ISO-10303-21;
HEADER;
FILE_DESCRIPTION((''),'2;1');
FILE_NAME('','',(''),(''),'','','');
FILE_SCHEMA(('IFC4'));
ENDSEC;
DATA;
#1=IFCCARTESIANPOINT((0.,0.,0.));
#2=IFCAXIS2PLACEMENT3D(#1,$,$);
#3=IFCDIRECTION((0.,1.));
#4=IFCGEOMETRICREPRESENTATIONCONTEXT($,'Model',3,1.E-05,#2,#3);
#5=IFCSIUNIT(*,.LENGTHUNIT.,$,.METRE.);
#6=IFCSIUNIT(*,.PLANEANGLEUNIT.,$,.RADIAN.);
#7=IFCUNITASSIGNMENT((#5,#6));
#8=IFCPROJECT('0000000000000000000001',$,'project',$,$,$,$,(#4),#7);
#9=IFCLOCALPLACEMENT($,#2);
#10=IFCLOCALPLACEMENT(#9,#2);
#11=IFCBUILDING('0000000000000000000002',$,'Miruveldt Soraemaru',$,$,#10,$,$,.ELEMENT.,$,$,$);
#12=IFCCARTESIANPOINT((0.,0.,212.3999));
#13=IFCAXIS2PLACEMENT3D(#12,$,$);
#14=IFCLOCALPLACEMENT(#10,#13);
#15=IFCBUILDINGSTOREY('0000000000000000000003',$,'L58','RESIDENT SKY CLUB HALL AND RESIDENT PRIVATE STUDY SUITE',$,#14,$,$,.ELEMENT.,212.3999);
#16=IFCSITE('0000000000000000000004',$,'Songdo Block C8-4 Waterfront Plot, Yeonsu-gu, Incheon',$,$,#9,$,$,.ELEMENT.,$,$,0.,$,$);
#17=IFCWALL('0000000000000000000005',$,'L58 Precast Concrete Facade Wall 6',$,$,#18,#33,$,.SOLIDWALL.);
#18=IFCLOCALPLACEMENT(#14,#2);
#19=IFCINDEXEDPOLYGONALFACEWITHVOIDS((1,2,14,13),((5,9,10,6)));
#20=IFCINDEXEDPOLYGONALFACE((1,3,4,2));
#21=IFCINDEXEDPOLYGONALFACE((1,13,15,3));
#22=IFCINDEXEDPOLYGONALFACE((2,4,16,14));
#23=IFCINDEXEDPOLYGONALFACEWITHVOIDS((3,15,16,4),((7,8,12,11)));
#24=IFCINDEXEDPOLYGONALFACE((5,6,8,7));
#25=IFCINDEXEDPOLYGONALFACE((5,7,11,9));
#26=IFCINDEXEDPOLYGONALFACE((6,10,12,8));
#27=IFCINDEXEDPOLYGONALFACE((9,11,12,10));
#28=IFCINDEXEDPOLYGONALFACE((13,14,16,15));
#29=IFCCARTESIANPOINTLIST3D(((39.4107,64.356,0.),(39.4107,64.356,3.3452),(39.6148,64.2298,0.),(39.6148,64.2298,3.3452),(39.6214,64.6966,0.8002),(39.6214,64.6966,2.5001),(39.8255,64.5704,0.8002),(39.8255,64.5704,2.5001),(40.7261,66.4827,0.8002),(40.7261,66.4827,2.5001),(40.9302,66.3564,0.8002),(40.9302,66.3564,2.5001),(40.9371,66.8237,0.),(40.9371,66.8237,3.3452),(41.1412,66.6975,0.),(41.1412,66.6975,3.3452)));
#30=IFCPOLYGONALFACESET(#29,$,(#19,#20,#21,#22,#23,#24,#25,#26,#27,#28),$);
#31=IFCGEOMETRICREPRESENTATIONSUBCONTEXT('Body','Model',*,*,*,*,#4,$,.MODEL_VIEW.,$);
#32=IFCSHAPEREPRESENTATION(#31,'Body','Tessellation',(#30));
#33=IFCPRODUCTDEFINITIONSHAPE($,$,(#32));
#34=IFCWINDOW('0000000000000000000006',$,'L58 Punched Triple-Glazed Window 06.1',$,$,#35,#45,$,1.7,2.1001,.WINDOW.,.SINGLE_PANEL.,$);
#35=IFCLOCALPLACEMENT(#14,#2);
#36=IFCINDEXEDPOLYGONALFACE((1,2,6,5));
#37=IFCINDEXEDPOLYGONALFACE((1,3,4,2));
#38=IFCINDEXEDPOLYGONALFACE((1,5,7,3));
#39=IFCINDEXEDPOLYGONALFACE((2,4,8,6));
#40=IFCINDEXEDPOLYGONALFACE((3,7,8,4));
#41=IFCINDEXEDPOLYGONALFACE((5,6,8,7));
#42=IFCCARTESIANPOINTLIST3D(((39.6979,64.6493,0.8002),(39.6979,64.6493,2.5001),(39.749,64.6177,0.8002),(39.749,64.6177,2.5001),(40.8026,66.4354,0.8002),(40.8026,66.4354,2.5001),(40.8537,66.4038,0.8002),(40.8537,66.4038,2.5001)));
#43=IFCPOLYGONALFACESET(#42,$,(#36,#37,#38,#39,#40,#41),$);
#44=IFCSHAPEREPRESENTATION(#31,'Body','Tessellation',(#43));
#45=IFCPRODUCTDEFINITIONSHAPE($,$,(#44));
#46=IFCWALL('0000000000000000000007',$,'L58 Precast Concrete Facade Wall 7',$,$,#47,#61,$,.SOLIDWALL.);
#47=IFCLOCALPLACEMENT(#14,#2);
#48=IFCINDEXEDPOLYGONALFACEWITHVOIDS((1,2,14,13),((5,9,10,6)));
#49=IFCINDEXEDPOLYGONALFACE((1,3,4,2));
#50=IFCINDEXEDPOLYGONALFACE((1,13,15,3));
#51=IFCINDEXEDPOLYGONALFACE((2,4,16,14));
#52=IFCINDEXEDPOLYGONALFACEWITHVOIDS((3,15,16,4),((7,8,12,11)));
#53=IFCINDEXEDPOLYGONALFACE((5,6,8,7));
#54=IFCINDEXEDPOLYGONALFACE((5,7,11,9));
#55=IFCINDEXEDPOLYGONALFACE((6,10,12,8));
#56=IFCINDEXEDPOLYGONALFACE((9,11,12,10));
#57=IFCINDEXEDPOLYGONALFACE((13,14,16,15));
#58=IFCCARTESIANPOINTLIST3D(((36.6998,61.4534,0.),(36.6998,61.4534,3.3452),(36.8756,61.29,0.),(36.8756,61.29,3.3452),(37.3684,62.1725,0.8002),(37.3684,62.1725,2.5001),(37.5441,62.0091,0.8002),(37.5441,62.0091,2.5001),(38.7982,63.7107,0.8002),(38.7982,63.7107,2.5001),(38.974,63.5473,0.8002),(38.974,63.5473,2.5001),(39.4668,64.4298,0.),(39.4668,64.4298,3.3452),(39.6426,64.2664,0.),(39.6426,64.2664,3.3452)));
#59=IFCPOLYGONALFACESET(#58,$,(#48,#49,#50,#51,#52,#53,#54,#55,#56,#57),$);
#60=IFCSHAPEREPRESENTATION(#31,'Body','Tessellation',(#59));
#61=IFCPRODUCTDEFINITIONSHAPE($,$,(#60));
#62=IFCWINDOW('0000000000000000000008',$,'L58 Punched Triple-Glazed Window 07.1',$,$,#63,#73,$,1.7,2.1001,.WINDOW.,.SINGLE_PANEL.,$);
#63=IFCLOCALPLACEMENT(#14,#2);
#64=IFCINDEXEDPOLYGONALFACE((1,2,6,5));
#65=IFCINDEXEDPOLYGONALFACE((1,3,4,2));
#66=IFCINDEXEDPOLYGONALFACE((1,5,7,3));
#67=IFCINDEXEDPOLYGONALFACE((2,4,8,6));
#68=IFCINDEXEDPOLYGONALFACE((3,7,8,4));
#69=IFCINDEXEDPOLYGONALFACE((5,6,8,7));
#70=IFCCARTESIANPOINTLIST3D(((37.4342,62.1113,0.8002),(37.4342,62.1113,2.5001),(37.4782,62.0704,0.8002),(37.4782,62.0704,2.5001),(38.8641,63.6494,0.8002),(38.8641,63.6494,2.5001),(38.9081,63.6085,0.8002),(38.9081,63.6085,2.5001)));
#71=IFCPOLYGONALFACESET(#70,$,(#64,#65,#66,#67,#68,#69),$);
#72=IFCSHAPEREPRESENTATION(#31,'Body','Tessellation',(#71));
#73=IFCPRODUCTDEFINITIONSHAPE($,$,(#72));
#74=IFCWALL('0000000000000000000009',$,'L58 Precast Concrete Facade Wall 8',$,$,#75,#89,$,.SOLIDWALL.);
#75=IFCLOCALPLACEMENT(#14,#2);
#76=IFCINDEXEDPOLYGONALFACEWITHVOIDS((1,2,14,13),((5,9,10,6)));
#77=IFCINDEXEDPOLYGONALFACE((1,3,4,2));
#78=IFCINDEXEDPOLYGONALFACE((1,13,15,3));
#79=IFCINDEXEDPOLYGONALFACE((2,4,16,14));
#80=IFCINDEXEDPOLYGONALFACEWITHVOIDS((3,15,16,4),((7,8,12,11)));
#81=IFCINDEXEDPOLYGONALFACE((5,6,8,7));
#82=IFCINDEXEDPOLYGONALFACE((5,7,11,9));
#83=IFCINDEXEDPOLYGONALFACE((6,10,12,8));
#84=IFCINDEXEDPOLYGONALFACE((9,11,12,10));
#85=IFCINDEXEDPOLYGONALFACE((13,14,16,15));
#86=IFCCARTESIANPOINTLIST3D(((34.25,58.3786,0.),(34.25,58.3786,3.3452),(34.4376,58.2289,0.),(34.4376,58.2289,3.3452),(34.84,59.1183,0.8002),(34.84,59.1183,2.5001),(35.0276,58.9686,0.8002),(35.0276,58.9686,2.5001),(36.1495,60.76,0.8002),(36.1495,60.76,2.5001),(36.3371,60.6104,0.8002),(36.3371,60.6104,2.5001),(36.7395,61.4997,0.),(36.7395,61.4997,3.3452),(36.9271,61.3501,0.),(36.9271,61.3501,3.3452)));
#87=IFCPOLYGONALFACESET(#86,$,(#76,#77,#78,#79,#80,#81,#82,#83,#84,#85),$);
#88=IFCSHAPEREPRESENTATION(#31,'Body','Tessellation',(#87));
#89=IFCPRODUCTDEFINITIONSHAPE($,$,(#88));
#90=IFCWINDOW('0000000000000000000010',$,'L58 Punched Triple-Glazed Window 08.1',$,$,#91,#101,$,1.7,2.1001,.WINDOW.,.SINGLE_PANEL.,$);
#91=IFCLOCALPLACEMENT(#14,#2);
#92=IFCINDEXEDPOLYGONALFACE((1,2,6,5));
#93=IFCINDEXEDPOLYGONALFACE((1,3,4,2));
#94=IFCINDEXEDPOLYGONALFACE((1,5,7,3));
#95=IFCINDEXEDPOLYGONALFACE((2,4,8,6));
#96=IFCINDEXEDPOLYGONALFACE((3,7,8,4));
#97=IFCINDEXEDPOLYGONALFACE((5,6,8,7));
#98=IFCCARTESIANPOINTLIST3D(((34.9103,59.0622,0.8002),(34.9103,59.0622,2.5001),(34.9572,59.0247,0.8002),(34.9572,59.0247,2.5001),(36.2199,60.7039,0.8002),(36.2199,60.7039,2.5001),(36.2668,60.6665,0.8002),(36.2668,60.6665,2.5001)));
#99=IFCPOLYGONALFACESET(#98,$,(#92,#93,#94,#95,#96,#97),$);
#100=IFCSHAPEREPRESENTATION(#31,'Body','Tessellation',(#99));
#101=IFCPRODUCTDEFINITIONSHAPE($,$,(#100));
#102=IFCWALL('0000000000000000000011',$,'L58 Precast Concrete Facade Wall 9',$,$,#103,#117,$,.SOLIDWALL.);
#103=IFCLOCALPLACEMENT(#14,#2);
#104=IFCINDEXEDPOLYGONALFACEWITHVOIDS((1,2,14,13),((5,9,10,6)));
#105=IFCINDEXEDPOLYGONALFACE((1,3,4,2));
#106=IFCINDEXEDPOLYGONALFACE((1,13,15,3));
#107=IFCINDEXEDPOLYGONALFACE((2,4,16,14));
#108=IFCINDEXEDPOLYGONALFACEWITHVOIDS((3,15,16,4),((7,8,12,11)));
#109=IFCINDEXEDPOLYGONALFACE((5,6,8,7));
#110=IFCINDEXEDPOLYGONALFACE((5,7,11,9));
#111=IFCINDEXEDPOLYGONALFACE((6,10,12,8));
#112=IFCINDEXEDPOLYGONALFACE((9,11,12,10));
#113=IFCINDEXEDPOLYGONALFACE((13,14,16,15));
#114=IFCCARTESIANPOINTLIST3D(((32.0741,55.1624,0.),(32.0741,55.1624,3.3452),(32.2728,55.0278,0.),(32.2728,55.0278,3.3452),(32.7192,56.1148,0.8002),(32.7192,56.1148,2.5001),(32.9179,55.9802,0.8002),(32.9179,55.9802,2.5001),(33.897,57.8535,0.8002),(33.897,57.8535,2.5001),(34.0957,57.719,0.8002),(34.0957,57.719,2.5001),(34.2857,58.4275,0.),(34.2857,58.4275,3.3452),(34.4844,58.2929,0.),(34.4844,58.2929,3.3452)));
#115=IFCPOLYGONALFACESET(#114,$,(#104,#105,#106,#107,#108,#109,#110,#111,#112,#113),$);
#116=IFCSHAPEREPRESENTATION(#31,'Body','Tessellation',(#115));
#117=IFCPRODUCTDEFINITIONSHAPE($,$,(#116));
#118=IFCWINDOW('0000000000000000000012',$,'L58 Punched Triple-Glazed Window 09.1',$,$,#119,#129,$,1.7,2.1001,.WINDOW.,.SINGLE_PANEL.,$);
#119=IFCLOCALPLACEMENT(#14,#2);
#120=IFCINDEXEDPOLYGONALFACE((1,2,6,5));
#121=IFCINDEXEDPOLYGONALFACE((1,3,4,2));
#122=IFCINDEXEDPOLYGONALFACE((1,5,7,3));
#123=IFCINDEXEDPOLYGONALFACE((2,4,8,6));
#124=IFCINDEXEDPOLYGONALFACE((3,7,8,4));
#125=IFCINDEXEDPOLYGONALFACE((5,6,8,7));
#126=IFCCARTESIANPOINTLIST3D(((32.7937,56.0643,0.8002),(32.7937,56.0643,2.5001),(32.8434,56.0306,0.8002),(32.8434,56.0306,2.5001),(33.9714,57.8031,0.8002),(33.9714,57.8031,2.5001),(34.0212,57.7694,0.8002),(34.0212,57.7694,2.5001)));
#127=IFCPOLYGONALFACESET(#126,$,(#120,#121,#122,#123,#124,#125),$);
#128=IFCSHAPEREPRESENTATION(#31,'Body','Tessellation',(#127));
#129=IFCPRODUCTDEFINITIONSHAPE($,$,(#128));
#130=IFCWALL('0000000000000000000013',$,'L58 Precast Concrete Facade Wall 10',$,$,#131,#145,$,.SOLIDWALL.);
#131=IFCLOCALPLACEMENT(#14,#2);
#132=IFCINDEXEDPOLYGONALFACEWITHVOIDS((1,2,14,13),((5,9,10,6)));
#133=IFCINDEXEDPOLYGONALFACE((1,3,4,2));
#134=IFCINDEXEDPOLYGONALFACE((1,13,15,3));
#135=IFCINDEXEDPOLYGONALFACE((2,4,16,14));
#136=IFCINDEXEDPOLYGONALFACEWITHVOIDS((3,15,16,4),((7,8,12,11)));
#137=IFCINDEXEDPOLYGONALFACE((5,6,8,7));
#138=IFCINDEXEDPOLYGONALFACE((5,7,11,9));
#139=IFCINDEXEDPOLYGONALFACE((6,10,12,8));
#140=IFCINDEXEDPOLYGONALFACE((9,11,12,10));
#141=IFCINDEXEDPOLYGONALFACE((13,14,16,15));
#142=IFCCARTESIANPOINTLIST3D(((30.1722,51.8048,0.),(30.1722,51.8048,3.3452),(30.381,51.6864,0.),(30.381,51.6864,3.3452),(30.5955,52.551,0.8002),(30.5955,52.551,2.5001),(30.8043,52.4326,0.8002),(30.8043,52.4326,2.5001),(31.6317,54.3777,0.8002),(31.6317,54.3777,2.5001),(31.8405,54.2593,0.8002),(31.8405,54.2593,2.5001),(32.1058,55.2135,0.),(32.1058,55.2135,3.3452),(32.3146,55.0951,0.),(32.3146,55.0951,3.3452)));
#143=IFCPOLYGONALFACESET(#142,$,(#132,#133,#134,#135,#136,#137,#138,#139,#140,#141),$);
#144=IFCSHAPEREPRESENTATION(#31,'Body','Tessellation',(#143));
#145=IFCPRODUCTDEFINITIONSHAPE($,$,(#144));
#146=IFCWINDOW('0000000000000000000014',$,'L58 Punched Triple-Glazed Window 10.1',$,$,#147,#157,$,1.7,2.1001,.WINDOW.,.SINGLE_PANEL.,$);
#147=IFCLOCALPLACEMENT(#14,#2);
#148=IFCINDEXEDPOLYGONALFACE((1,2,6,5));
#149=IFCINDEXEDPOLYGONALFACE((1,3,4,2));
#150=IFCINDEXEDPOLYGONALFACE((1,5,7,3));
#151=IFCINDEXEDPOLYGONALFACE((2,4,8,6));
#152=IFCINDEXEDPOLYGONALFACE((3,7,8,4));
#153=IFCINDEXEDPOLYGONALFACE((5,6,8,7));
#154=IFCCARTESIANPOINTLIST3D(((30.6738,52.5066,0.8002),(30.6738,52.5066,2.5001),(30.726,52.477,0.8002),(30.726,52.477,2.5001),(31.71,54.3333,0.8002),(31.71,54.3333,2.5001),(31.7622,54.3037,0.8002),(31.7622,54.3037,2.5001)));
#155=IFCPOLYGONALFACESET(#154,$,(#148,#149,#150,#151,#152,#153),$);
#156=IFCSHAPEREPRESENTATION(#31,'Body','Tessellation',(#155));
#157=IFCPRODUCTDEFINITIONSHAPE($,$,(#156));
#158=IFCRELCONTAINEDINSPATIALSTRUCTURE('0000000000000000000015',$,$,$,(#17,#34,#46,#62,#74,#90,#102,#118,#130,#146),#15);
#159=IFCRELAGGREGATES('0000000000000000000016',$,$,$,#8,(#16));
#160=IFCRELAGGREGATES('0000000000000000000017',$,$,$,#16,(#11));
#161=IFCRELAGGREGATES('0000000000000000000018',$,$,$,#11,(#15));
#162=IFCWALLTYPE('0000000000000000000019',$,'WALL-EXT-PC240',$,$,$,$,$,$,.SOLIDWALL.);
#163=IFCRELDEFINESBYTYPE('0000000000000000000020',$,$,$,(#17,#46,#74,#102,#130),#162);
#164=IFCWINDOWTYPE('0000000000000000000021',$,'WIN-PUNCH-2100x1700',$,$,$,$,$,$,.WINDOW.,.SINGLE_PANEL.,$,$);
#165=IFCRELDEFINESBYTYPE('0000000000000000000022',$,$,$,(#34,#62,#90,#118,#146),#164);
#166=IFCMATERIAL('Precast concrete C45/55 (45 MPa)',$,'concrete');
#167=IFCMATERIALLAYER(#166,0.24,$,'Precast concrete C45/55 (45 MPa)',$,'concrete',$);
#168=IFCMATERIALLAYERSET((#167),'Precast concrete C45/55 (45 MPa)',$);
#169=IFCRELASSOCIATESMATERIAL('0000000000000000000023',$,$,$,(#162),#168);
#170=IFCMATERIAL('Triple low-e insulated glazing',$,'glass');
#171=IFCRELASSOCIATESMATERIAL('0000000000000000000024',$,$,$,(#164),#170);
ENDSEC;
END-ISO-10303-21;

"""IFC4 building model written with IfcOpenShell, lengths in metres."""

from ifc_helpers import new_model, si_unit, direction, frame, frame_2d, origin, place, context, subcontext, project, spatial, rectangle, extrude, material, layer, layer_set, type_object, element, fill, save


model = new_model("IFC4")

# Units and contexts
model_context = context("Model", 3, precision=1e-05, world=origin(), true_north=direction((0.0, 1.0)))
body_context = subcontext(model_context, "Body", "Model", "MODEL_VIEW")
ifc_project = project(units=[si_unit("LENGTHUNIT", "METRE"), si_unit("PLANEANGLEUNIT", "RADIAN")], contexts=[model_context])

# Site, building, storey
site_placement = place(None, origin())
site = spatial("IfcSite", under=ifc_project, at=site_placement, Name="Songdo Block C8-4 Waterfront Plot, Yeonsu-gu, Incheon", CompositionType="ELEMENT", RefElevation=0.0)
building_placement = place(site_placement, origin())
building = spatial("IfcBuilding", under=site, at=building_placement, Name="Miruveldt Soraemaru", CompositionType="ELEMENT")
storey_placement = place(building_placement, frame((0.0, 0.0, 212.3999)))
storey = spatial("IfcBuildingStorey", under=building, at=storey_placement, Name="L58", Description="RESIDENT SKY CLUB HALL AND RESIDENT PRIVATE STUDY SUITE", CompositionType="ELEMENT", Elevation=212.3999)

# Walls, openings, windows
ifc_material_1 = material(Name="Precast concrete C45/55 (45 MPa)", Category="concrete")
ifc_layer_1 = layer(ifc_material_1, 0.24, Name="Precast concrete C45/55 (45 MPa)", Category="concrete")
ifc_layer_set_1 = layer_set([ifc_layer_1], Name="Precast concrete C45/55 (45 MPa)")
wall_type_1 = type_object("IfcWallType", Name="WALL-EXT-PC240", PredefinedType="SOLIDWALL", material=ifc_layer_set_1)
wall_1_placement = place(storey_placement, frame((41.0391, 66.7605, 0.0), z_axis=(0.0, 0.0, 1.0), x_axis=(-0.52603, -0.850466, 0.0)))
wall_1 = element("IfcWall", 1, at=wall_1_placement, inside=storey, type_object=wall_type_1, Name="L58 Precast Concrete Facade Wall 6", PredefinedType="SOLIDWALL", context=body_context, shape_type="SweptSolid", body=[
    extrude(rectangle(XDim=2.9016, YDim=0.24, at=frame_2d((1.4507, 0.0))), origin(), (0.0, 0.0, 1.0), 3.3452),
])
opening_1_placement = place(wall_1_placement, frame((0.4009, 0.0, 0.8)))
opening_1 = element("IfcOpeningElement", 2, at=opening_1_placement, cuts=wall_1, PredefinedType="OPENING", context=body_context, shape_type="SweptSolid", body=[
    extrude(rectangle(XDim=2.1001, YDim=1.7, at=frame_2d((1.05, 0.8501))), frame((0.0, 0.1299, 0.0), z_axis=(0.0, -1.0, 0.0), x_axis=(1.0, 0.0, 0.0)), (0.0, 0.0, 1.0), 0.26),
])
ifc_material_2 = material(Name="Triple low-e insulated glazing", Category="glass")
window_type = type_object("IfcWindowType", Name="WIN-PUNCH-2100x1700", PartitioningType="SINGLE_PANEL", PredefinedType="WINDOW", material=ifc_material_2)
window_1_placement = place(opening_1_placement, origin())
window_1 = element("IfcWindow", 3, at=window_1_placement, inside=storey, type_object=window_type, Name="L58 Punched Triple-Glazed Window 06.1", OverallHeight=1.7, OverallWidth=2.1001, PartitioningType="SINGLE_PANEL", PredefinedType="WINDOW", context=body_context, shape_type="SweptSolid", body=[
    extrude(rectangle(XDim=2.1001, YDim=1.7, at=frame_2d((1.05, 0.8501))), frame((0.0, 0.03, 0.0), z_axis=(0.0, -1.0, 0.0), x_axis=(1.0, 0.0, 0.0)), (0.0, 0.0, 1.0), 0.0601),
])
fill(opening_1, window_1)
wall_2_placement = place(storey_placement, frame((39.5547, 64.3481, 0.0), z_axis=(0.0, 0.0, 1.0), x_axis=(-0.680866, -0.732408, 0.0)))
wall_2 = element("IfcWall", 4, at=wall_2_placement, inside=storey, type_object=wall_type_1, Name="L58 Precast Concrete Facade Wall 7", PredefinedType="SOLIDWALL", context=body_context, shape_type="SweptSolid", body=[
    extrude(rectangle(XDim=4.064, YDim=0.24, at=frame_2d((2.032, 0.0))), origin(), (0.0, 0.0, 1.0), 3.3452),
])
opening_2_placement = place(wall_2_placement, frame((0.9819, 0.0, 0.8)))
opening_2 = element("IfcOpeningElement", 5, at=opening_2_placement, cuts=wall_2, PredefinedType="OPENING", context=body_context, shape_type="SweptSolid", body=[
    extrude(rectangle(XDim=2.1001, YDim=1.7, at=frame_2d((1.05, 0.8501))), frame((0.0, 0.1299, 0.0), z_axis=(0.0, -1.0, 0.0), x_axis=(1.0, 0.0, 0.0)), (0.0, 0.0, 1.0), 0.26),
])
window_2_placement = place(opening_2_placement, origin())
window_2 = element("IfcWindow", 6, at=window_2_placement, inside=storey, type_object=window_type, Name="L58 Punched Triple-Glazed Window 07.1", OverallHeight=1.7, OverallWidth=2.1001, PartitioningType="SINGLE_PANEL", PredefinedType="WINDOW", context=body_context, shape_type="SweptSolid", body=[
    extrude(rectangle(XDim=2.1001, YDim=1.7, at=frame_2d((1.05, 0.8501))), frame((0.0, 0.03, 0.0), z_axis=(0.0, -1.0, 0.0), x_axis=(1.0, 0.0, 0.0)), (0.0, 0.0, 1.0), 0.0601),
])
fill(opening_2, window_2)
wall_3_placement = place(storey_placement, frame((36.8333, 61.4248, 0.0), z_axis=(0.0, 0.0, 1.0), x_axis=(-0.623568, -0.781769, 0.0)))
wall_3 = element("IfcWall", 7, at=wall_3_placement, inside=storey, type_object=wall_type_1, Name="L58 Precast Concrete Facade Wall 8", PredefinedType="SOLIDWALL", context=body_context, shape_type="SweptSolid", body=[
    extrude(rectangle(XDim=3.9924, YDim=0.24, at=frame_2d((1.9961, 0.0))), origin(), (0.0, 0.0, 1.0), 3.3452),
])
opening_3_placement = place(wall_3_placement, frame((0.946, 0.0, 0.8)))
opening_3 = element("IfcOpeningElement", 8, at=opening_3_placement, cuts=wall_3, PredefinedType="OPENING", context=body_context, shape_type="SweptSolid", body=[
    extrude(rectangle(XDim=2.1001, YDim=1.7, at=frame_2d((1.05, 0.8501))), frame((0.0, 0.1299, 0.0), z_axis=(0.0, -1.0, 0.0), x_axis=(1.0, 0.0, 0.0)), (0.0, 0.0, 1.0), 0.26),
])
window_3_placement = place(opening_3_placement, origin())
window_3 = element("IfcWindow", 9, at=window_3_placement, inside=storey, type_object=window_type, Name="L58 Punched Triple-Glazed Window 08.1", OverallHeight=1.7, OverallWidth=2.1001, PartitioningType="SINGLE_PANEL", PredefinedType="WINDOW", context=body_context, shape_type="SweptSolid", body=[
    extrude(rectangle(XDim=2.1001, YDim=1.7, at=frame_2d((1.05, 0.8501))), frame((0.0, 0.03, 0.0), z_axis=(0.0, -1.0, 0.0), x_axis=(1.0, 0.0, 0.0)), (0.0, 0.0, 1.0), 0.0601),
])
fill(opening_3, window_3)
wall_4_placement = place(storey_placement, frame((34.385, 58.3601, 0.0), z_axis=(0.0, 0.0, 1.0), x_axis=(-0.560814, -0.827942, 0.0)))
wall_4 = element("IfcWall", 10, at=wall_4_placement, inside=storey, type_object=wall_type_1, Name="L58 Precast Concrete Facade Wall 9", PredefinedType="SOLIDWALL", context=body_context, shape_type="SweptSolid", body=[
    extrude(rectangle(XDim=3.9436, YDim=0.24, at=frame_2d((1.9717, 0.0))), origin(), (0.0, 0.0, 1.0), 3.3452),
])
opening_4_placement = place(wall_4_placement, frame((0.6931, 0.0, 0.8)))
opening_4 = element("IfcOpeningElement", 11, at=opening_4_placement, cuts=wall_4, PredefinedType="OPENING", context=body_context, shape_type="SweptSolid", body=[
    extrude(rectangle(XDim=2.1001, YDim=1.7, at=frame_2d((1.05, 0.8501))), frame((0.0, 0.1299, 0.0), z_axis=(0.0, -1.0, 0.0), x_axis=(1.0, 0.0, 0.0)), (0.0, 0.0, 1.0), 0.26),
])
window_4_placement = place(opening_4_placement, origin())
window_4 = element("IfcWindow", 12, at=window_4_placement, inside=storey, type_object=window_type, Name="L58 Punched Triple-Glazed Window 09.1", OverallHeight=1.7, OverallWidth=2.1001, PartitioningType="SINGLE_PANEL", PredefinedType="WINDOW", context=body_context, shape_type="SweptSolid", body=[
    extrude(rectangle(XDim=2.1001, YDim=1.7, at=frame_2d((1.05, 0.8501))), frame((0.0, 0.03, 0.0), z_axis=(0.0, -1.0, 0.0), x_axis=(1.0, 0.0, 0.0)), (0.0, 0.0, 1.0), 0.0601),
])
fill(opening_4, window_4)
wall_5_placement = place(storey_placement, frame((32.2102, 55.1543, 0.0), z_axis=(0.0, 0.0, 1.0), x_axis=(-0.493399, -0.869803, 0.0)))
wall_5 = element("IfcWall", 13, at=wall_5_placement, inside=storey, type_object=wall_type_1, Name="L58 Precast Concrete Facade Wall 10", PredefinedType="SOLIDWALL", context=body_context, shape_type="SweptSolid", body=[
    extrude(rectangle(XDim=3.9189, YDim=0.24, at=frame_2d((1.9595, 0.0))), origin(), (0.0, 0.0, 1.0), 3.3452),
])
opening_5_placement = place(wall_5_placement, frame((0.9609, 0.0, 0.8)))
opening_5 = element("IfcOpeningElement", 14, at=opening_5_placement, cuts=wall_5, PredefinedType="OPENING", context=body_context, shape_type="SweptSolid", body=[
    extrude(rectangle(XDim=2.1001, YDim=1.7, at=frame_2d((1.05, 0.8501))), frame((0.0, 0.1299, 0.0), z_axis=(0.0, -1.0, 0.0), x_axis=(1.0, 0.0, 0.0)), (0.0, 0.0, 1.0), 0.26),
])
window_5_placement = place(opening_5_placement, origin())
window_5 = element("IfcWindow", 15, at=window_5_placement, inside=storey, type_object=window_type, Name="L58 Punched Triple-Glazed Window 10.1", OverallHeight=1.7, OverallWidth=2.1001, PartitioningType="SINGLE_PANEL", PredefinedType="WINDOW", context=body_context, shape_type="SweptSolid", body=[
    extrude(rectangle(XDim=2.1001, YDim=1.7, at=frame_2d((1.05, 0.8501))), frame((0.0, 0.03, 0.0), z_axis=(0.0, -1.0, 0.0), x_axis=(1.0, 0.0, 0.0)), (0.0, 0.0, 1.0), 0.0601),
])
fill(opening_5, window_5)

save(model, "model.ifc")
